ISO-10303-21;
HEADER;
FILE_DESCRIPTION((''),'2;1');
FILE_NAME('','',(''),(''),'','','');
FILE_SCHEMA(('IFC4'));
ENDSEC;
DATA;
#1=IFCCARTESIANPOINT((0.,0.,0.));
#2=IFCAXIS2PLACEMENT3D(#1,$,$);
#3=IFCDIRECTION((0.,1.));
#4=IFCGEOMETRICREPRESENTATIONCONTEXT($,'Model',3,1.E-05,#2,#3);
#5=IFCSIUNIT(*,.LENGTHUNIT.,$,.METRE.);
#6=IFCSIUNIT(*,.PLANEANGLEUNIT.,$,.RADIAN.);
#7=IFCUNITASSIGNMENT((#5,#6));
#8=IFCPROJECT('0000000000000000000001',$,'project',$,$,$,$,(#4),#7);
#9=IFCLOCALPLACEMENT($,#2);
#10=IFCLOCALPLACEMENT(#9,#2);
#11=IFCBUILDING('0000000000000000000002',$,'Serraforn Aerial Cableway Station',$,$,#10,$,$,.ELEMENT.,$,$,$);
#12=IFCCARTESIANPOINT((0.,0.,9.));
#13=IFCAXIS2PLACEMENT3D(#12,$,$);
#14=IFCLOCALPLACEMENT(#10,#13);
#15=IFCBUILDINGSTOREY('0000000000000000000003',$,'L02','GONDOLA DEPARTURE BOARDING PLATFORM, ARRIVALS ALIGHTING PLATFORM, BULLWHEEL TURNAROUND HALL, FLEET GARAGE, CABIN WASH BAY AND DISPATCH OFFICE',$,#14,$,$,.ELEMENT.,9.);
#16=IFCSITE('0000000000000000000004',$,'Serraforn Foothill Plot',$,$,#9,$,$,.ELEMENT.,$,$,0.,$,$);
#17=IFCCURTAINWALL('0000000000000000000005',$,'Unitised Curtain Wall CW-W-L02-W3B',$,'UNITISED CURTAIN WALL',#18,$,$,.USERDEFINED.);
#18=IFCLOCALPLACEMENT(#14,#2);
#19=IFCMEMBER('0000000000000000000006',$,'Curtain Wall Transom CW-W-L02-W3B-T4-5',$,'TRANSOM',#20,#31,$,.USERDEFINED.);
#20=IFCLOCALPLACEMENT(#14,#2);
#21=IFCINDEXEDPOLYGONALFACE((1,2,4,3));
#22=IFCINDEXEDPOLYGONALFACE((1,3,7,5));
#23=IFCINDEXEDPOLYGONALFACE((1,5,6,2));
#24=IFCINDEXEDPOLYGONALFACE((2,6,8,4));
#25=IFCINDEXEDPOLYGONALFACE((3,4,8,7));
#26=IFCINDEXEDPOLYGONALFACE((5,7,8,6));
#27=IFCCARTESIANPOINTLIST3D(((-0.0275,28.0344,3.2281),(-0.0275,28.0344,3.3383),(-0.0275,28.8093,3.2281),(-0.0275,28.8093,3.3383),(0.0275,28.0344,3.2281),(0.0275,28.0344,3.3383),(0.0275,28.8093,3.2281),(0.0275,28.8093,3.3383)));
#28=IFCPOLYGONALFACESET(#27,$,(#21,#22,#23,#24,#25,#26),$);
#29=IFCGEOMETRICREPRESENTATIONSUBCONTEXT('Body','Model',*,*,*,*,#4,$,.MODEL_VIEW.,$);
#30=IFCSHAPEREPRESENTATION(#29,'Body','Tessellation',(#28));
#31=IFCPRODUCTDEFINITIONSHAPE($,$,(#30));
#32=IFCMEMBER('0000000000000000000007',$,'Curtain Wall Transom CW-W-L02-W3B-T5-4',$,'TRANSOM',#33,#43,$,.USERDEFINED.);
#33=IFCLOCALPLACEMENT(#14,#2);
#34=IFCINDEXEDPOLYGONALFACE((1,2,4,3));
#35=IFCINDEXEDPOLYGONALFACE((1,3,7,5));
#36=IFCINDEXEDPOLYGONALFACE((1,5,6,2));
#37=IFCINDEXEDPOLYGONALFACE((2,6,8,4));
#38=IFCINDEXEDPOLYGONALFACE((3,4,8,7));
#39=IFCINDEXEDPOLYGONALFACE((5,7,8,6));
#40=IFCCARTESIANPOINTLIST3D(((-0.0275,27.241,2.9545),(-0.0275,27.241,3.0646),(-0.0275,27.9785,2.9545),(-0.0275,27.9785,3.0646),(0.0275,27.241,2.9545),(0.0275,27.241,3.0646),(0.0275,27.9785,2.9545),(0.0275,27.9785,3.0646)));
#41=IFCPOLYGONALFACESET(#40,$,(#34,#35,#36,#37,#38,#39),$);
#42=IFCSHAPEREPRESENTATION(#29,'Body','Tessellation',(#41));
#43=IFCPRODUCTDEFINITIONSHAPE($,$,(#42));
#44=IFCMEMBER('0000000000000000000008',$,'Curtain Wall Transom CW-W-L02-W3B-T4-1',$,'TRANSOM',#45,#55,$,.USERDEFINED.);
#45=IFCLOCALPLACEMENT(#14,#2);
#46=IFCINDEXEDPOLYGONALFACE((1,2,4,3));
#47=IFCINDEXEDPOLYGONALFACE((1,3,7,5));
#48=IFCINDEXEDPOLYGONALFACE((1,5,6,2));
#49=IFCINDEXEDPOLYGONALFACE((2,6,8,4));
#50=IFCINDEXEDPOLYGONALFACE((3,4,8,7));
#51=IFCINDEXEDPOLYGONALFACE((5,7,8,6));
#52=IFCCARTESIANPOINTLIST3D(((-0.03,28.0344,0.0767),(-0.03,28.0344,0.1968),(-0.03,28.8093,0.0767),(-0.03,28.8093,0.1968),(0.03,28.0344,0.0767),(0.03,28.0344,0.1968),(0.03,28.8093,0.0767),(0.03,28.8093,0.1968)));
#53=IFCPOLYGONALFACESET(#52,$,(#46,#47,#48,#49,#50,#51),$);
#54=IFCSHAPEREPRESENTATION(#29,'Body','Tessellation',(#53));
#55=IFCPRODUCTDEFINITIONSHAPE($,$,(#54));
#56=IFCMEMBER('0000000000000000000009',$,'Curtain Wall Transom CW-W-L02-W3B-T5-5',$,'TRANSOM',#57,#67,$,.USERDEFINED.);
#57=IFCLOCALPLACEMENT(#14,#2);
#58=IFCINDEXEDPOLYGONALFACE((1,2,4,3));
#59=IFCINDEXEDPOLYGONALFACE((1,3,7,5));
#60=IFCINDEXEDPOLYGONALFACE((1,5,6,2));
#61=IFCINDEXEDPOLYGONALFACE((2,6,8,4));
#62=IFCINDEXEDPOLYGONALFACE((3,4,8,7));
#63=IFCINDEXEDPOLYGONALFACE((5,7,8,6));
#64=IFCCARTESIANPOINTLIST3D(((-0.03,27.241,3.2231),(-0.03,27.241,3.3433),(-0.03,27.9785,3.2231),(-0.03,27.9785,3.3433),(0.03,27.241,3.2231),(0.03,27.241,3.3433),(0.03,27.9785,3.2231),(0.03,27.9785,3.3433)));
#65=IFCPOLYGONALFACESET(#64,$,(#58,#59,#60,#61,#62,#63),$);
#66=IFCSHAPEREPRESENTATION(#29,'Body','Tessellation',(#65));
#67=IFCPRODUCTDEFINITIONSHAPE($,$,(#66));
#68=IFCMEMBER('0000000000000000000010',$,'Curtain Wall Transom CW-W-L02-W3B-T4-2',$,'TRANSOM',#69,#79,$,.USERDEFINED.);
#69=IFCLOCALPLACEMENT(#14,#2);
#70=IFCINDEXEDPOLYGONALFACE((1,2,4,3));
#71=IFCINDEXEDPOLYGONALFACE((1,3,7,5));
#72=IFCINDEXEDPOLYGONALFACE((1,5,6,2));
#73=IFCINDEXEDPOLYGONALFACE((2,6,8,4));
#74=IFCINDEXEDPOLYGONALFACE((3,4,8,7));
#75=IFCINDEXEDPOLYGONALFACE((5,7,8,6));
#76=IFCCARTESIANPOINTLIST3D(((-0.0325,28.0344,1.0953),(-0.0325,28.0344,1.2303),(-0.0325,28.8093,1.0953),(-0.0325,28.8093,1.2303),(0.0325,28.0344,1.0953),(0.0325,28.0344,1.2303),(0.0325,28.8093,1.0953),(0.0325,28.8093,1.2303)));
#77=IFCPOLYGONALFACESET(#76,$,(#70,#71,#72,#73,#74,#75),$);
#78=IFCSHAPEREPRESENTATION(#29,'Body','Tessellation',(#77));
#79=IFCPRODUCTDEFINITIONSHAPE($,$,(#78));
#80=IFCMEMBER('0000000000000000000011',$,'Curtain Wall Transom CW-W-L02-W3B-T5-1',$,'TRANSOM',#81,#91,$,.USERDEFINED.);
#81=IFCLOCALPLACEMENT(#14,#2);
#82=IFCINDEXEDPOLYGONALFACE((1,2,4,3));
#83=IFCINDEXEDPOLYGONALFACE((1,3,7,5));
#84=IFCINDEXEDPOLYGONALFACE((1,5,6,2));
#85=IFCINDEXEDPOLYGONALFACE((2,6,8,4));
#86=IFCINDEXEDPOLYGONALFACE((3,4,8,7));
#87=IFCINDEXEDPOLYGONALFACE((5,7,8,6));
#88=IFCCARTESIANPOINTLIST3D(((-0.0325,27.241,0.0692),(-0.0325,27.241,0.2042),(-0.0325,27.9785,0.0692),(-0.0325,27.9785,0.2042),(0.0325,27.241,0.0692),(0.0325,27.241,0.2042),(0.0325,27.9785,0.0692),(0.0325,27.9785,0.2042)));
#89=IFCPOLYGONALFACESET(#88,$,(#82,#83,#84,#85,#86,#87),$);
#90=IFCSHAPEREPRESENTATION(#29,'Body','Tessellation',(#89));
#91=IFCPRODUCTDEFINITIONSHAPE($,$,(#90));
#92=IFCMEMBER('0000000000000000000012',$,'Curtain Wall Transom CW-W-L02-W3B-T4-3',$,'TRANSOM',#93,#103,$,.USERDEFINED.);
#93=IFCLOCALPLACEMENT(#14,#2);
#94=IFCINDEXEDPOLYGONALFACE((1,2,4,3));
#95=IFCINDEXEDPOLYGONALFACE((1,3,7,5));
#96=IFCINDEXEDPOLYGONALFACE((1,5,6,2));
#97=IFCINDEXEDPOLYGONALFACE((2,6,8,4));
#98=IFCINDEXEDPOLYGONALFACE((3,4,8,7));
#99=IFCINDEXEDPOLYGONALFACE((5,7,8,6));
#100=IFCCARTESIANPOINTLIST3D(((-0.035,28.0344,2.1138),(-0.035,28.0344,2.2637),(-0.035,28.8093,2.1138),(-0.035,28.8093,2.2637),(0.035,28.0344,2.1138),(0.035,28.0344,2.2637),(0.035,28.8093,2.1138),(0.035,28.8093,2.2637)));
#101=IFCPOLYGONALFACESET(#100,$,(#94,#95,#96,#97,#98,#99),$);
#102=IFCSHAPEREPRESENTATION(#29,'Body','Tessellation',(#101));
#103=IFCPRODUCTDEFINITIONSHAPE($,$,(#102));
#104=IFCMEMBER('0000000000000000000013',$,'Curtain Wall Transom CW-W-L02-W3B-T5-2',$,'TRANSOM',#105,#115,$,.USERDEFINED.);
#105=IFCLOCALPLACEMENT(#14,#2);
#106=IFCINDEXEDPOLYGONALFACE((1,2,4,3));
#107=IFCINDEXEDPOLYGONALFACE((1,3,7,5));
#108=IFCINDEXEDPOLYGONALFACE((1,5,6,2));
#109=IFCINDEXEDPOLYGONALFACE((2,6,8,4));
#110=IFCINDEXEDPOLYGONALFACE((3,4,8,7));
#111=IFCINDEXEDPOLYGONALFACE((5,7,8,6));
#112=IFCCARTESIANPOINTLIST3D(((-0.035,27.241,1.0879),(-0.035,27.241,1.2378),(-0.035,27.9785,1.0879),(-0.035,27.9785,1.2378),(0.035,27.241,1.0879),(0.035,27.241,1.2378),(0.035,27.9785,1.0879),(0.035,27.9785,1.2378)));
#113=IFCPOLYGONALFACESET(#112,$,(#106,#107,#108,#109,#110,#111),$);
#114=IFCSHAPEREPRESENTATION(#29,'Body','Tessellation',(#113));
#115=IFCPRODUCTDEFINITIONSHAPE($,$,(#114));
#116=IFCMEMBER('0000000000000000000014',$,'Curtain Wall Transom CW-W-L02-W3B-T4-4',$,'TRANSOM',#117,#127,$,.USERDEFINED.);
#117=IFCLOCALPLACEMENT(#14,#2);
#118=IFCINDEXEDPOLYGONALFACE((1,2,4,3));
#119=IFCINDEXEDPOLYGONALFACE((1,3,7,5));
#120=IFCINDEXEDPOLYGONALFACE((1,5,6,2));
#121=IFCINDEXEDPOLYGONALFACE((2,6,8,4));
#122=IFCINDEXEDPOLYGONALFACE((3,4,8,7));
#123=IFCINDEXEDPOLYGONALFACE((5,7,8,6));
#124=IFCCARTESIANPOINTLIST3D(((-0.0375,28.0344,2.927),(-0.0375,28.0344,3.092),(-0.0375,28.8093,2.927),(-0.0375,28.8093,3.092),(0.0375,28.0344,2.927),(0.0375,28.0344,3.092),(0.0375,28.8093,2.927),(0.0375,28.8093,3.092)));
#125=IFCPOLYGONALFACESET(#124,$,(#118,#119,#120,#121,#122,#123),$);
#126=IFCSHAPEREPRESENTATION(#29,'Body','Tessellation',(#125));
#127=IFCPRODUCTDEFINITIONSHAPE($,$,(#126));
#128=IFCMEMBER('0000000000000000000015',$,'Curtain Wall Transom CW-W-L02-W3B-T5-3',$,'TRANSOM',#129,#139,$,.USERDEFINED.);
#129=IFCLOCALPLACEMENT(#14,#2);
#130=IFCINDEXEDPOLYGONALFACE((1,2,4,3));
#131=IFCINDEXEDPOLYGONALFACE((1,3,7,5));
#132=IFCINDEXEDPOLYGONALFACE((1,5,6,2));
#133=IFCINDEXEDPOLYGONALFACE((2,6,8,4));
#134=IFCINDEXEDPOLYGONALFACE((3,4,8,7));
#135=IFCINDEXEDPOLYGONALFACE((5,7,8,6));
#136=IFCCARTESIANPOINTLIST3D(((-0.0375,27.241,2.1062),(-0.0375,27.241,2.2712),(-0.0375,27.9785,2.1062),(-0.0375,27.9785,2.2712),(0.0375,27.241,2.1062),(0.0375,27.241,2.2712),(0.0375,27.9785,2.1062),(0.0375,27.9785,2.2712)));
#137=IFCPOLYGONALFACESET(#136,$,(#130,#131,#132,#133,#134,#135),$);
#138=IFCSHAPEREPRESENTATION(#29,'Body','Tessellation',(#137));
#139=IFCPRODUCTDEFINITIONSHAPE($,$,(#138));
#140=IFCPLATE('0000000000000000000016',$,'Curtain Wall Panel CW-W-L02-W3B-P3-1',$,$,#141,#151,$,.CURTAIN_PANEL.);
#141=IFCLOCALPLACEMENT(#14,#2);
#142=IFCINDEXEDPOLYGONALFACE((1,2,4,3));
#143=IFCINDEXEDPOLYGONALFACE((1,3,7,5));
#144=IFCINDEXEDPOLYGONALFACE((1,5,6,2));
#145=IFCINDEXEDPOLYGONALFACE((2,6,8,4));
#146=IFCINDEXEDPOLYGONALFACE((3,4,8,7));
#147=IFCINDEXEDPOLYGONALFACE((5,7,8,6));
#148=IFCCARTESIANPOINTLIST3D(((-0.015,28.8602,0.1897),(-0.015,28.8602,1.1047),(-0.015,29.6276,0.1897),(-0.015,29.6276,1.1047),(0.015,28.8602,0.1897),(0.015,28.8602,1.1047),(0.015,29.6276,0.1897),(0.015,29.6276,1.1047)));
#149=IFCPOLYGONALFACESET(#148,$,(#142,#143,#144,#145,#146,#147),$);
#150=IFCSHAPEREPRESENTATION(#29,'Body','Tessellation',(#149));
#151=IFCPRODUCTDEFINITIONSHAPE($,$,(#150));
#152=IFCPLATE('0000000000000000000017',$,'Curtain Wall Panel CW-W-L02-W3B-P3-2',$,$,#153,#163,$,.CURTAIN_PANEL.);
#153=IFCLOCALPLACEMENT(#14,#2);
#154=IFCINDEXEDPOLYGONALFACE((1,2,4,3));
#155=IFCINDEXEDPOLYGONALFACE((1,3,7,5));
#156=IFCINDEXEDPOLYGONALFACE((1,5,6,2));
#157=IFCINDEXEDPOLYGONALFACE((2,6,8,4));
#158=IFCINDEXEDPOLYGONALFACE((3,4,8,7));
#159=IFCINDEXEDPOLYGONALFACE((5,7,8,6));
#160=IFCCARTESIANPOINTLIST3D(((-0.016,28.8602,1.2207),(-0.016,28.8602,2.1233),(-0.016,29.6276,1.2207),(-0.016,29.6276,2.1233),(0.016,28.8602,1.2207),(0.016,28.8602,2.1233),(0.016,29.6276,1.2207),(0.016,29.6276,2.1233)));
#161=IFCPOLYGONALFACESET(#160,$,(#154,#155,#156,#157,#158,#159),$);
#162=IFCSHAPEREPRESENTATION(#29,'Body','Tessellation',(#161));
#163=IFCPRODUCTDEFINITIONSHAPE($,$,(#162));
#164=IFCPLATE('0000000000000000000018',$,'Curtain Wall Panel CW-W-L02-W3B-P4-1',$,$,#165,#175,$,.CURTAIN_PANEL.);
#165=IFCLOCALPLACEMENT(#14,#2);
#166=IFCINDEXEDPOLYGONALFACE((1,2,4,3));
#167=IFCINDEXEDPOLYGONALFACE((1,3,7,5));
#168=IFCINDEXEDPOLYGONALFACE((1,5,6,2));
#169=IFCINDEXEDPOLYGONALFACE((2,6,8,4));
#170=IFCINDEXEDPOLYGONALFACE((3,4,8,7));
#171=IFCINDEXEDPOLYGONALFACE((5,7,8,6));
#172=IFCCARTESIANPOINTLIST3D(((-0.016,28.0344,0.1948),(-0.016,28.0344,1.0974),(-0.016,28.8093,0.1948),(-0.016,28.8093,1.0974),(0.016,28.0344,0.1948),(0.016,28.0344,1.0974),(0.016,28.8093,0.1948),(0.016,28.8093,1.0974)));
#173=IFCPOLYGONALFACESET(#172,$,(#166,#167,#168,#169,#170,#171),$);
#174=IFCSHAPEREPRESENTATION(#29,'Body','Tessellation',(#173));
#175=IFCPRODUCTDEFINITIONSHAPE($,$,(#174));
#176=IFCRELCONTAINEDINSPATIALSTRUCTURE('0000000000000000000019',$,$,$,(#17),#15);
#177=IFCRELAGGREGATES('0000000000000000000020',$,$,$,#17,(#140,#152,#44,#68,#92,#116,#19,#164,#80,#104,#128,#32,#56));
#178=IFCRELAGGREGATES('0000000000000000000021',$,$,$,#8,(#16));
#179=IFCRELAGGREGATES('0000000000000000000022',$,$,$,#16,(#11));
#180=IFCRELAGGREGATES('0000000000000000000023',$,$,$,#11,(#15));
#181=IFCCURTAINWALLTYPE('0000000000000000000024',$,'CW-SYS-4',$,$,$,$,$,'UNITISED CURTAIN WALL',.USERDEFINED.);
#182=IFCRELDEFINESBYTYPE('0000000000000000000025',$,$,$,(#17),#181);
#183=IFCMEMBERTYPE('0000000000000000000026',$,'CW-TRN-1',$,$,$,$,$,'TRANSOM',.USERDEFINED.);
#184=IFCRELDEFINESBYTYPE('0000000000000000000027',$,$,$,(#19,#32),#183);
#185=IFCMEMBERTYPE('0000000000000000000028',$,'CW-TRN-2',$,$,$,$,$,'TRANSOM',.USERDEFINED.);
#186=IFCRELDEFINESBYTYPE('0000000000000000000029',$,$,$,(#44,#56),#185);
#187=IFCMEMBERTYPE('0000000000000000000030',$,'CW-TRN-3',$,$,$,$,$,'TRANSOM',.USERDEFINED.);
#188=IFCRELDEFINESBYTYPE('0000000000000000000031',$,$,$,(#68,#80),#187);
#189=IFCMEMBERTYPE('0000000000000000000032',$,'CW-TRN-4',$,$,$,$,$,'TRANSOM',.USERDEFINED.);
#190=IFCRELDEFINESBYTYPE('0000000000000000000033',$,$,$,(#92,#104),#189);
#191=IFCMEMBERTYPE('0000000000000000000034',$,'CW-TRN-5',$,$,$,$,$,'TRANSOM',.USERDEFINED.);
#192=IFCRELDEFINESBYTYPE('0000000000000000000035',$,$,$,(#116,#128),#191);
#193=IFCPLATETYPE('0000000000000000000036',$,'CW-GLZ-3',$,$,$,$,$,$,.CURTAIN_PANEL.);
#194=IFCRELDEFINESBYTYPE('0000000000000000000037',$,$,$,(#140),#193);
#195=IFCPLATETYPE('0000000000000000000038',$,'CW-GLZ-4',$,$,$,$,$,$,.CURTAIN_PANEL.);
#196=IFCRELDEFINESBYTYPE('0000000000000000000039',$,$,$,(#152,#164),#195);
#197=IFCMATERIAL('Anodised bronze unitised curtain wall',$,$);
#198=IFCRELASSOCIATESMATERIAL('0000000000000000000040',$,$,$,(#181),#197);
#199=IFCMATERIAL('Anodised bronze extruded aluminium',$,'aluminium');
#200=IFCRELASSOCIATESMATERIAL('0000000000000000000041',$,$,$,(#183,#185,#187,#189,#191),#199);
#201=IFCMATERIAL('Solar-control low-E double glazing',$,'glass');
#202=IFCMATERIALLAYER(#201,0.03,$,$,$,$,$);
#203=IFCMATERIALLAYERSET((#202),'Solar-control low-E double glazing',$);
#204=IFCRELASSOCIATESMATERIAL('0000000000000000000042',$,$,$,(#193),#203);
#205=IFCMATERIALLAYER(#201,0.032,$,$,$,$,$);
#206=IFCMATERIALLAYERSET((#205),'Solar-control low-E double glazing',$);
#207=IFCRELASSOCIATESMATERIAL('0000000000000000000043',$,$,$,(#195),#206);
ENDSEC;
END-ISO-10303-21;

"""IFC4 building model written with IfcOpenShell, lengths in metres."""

from ifc_helpers import new_model, si_unit, direction, frame, origin, origin_2d, place, context, subcontext, project, spatial, rectangle, extrude, material, layer, layer_set, material_profile, profile_set, type_object, element, aggregate, save


model = new_model("IFC4")

# Units and contexts
model_context = context("Model", 3, precision=1e-05, world=origin(), true_north=direction((0.0, 1.0)))
body_context = subcontext(model_context, "Body", "Model", "MODEL_VIEW")
ifc_project = project(units=[si_unit("LENGTHUNIT", "METRE"), si_unit("PLANEANGLEUNIT", "RADIAN")], contexts=[model_context])

# Site, building, storey
site_placement = place(None, origin())
site = spatial("IfcSite", under=ifc_project, at=site_placement, Name="Serraforn Foothill Plot", CompositionType="ELEMENT", RefElevation=0.0)
building_placement = place(site_placement, origin())
building = spatial("IfcBuilding", under=site, at=building_placement, Name="Serraforn Aerial Cableway Station", CompositionType="ELEMENT")
storey_placement = place(building_placement, frame((0.0, 0.0, 9.0)))
storey = spatial("IfcBuildingStorey", under=building, at=storey_placement, Name="L02", Description="GONDOLA DEPARTURE BOARDING PLATFORM, ARRIVALS ALIGHTING PLATFORM, BULLWHEEL TURNAROUND HALL, FLEET GARAGE, CABIN WASH BAY AND DISPATCH OFFICE", CompositionType="ELEMENT", Elevation=9.0)

# Curtain wall, members, plates
ifc_material_1 = material(Name="Anodised bronze unitised curtain wall")
curtain_wall_type = type_object("IfcCurtainWallType", Name="CW-SYS-4", ElementType="UNITISED CURTAIN WALL", PredefinedType="USERDEFINED", material=ifc_material_1)
curtain_wall_placement = place(storey_placement, origin())
curtain_wall = element("IfcCurtainWall", 1, at=curtain_wall_placement, inside=storey, type_object=curtain_wall_type, Name="Unitised Curtain Wall CW-W-L02-W3B", ObjectType="UNITISED CURTAIN WALL", PredefinedType="USERDEFINED")
ifc_material_2 = material(Name="Anodised bronze extruded aluminium", Category="aluminium")
ifc_material_profile_1 = material_profile(ifc_material_2, rectangle(XDim=0.0549, YDim=0.1101, at=origin_2d()), Name="CW TRANSOM 55x110")
ifc_profile_set_1 = profile_set([ifc_material_profile_1], Name="Anodised bronze extruded aluminium")
member_type_1 = type_object("IfcMemberType", Name="CW-TRN-1", ElementType="TRANSOM", PredefinedType="USERDEFINED", material=ifc_profile_set_1)
member_1_placement = place(storey_placement, frame((0.0, 28.8093, 3.2832), z_axis=(0.0, -1.0, 0.0), x_axis=(1.0, 0.0, 0.0)))
member_1 = element("IfcMember", 2, at=member_1_placement, type_object=member_type_1, Name="Curtain Wall Transom CW-W-L02-W3B-T4-5", ObjectType="TRANSOM", PredefinedType="USERDEFINED", context=body_context, shape_type="SweptSolid", body=[
    extrude(rectangle(XDim=0.0549, YDim=0.1101, at=origin_2d()), origin(), (0.0, 0.0, 1.0), 0.7749),
])
member_2_placement = place(storey_placement, frame((0.0, 27.9785, 3.0095), z_axis=(0.0, -1.0, 0.0), x_axis=(1.0, 0.0, 0.0)))
member_2 = element("IfcMember", 3, at=member_2_placement, type_object=member_type_1, Name="Curtain Wall Transom CW-W-L02-W3B-T5-4", ObjectType="TRANSOM", PredefinedType="USERDEFINED", context=body_context, shape_type="SweptSolid", body=[
    extrude(rectangle(XDim=0.0549, YDim=0.1101, at=origin_2d()), origin(), (0.0, 0.0, 1.0), 0.7375),
])
ifc_material_profile_2 = material_profile(ifc_material_2, rectangle(XDim=0.0601, YDim=0.1201, at=origin_2d()), Name="CW TRANSOM 60x120")
ifc_profile_set_2 = profile_set([ifc_material_profile_2], Name="Anodised bronze extruded aluminium")
member_type_2 = type_object("IfcMemberType", Name="CW-TRN-2", ElementType="TRANSOM", PredefinedType="USERDEFINED", material=ifc_profile_set_2)
member_3_placement = place(storey_placement, frame((0.0, 28.8093, 0.1367), z_axis=(0.0, -1.0, 0.0), x_axis=(1.0, 0.0, 0.0)))
member_3 = element("IfcMember", 4, at=member_3_placement, type_object=member_type_2, Name="Curtain Wall Transom CW-W-L02-W3B-T4-1", ObjectType="TRANSOM", PredefinedType="USERDEFINED", context=body_context, shape_type="SweptSolid", body=[
    extrude(rectangle(XDim=0.0601, YDim=0.1201, at=origin_2d()), origin(), (0.0, 0.0, 1.0), 0.7749),
])
member_4_placement = place(storey_placement, frame((0.0, 27.9785, 3.2832), z_axis=(0.0, -1.0, 0.0), x_axis=(1.0, 0.0, 0.0)))
member_4 = element("IfcMember", 5, at=member_4_placement, type_object=member_type_2, Name="Curtain Wall Transom CW-W-L02-W3B-T5-5", ObjectType="TRANSOM", PredefinedType="USERDEFINED", context=body_context, shape_type="SweptSolid", body=[
    extrude(rectangle(XDim=0.0601, YDim=0.1201, at=origin_2d()), origin(), (0.0, 0.0, 1.0), 0.7375),
])
ifc_material_profile_3 = material_profile(ifc_material_2, rectangle(XDim=0.0649, YDim=0.135, at=origin_2d()), Name="CW TRANSOM 65x135")
ifc_profile_set_3 = profile_set([ifc_material_profile_3], Name="Anodised bronze extruded aluminium")
member_type_3 = type_object("IfcMemberType", Name="CW-TRN-3", ElementType="TRANSOM", PredefinedType="USERDEFINED", material=ifc_profile_set_3)
member_5_placement = place(storey_placement, frame((0.0, 28.8093, 1.1628), z_axis=(0.0, -1.0, 0.0), x_axis=(1.0, 0.0, 0.0)))
member_5 = element("IfcMember", 6, at=member_5_placement, type_object=member_type_3, Name="Curtain Wall Transom CW-W-L02-W3B-T4-2", ObjectType="TRANSOM", PredefinedType="USERDEFINED", context=body_context, shape_type="SweptSolid", body=[
    extrude(rectangle(XDim=0.0649, YDim=0.135, at=origin_2d()), origin(), (0.0, 0.0, 1.0), 0.7749),
])
member_6_placement = place(storey_placement, frame((0.0, 27.9785, 0.1367), z_axis=(0.0, -1.0, 0.0), x_axis=(1.0, 0.0, 0.0)))
member_6 = element("IfcMember", 7, at=member_6_placement, type_object=member_type_3, Name="Curtain Wall Transom CW-W-L02-W3B-T5-1", ObjectType="TRANSOM", PredefinedType="USERDEFINED", context=body_context, shape_type="SweptSolid", body=[
    extrude(rectangle(XDim=0.0649, YDim=0.135, at=origin_2d()), origin(), (0.0, 0.0, 1.0), 0.7375),
])
ifc_material_profile_4 = material_profile(ifc_material_2, rectangle(XDim=0.0701, YDim=0.1499, at=origin_2d()), Name="CW TRANSOM 70x150")
ifc_profile_set_4 = profile_set([ifc_material_profile_4], Name="Anodised bronze extruded aluminium")
member_type_4 = type_object("IfcMemberType", Name="CW-TRN-4", ElementType="TRANSOM", PredefinedType="USERDEFINED", material=ifc_profile_set_4)
member_7_placement = place(storey_placement, frame((0.0, 28.8093, 2.1887), z_axis=(0.0, -1.0, 0.0), x_axis=(1.0, 0.0, 0.0)))
member_7 = element("IfcMember", 8, at=member_7_placement, type_object=member_type_4, Name="Curtain Wall Transom CW-W-L02-W3B-T4-3", ObjectType="TRANSOM", PredefinedType="USERDEFINED", context=body_context, shape_type="SweptSolid", body=[
    extrude(rectangle(XDim=0.0701, YDim=0.1499, at=origin_2d()), origin(), (0.0, 0.0, 1.0), 0.7749),
])
member_8_placement = place(storey_placement, frame((0.0, 27.9785, 1.1628), z_axis=(0.0, -1.0, 0.0), x_axis=(1.0, 0.0, 0.0)))
member_8 = element("IfcMember", 9, at=member_8_placement, type_object=member_type_4, Name="Curtain Wall Transom CW-W-L02-W3B-T5-2", ObjectType="TRANSOM", PredefinedType="USERDEFINED", context=body_context, shape_type="SweptSolid", body=[
    extrude(rectangle(XDim=0.0701, YDim=0.1499, at=origin_2d()), origin(), (0.0, 0.0, 1.0), 0.7375),
])
ifc_material_profile_5 = material_profile(ifc_material_2, rectangle(XDim=0.075, YDim=0.165, at=origin_2d()), Name="CW TRANSOM 75x165")
ifc_profile_set_5 = profile_set([ifc_material_profile_5], Name="Anodised bronze extruded aluminium")
member_type_5 = type_object("IfcMemberType", Name="CW-TRN-5", ElementType="TRANSOM", PredefinedType="USERDEFINED", material=ifc_profile_set_5)
member_9_placement = place(storey_placement, frame((0.0, 28.8093, 3.0095), z_axis=(0.0, -1.0, 0.0), x_axis=(1.0, 0.0, 0.0)))
member_9 = element("IfcMember", 10, at=member_9_placement, type_object=member_type_5, Name="Curtain Wall Transom CW-W-L02-W3B-T4-4", ObjectType="TRANSOM", PredefinedType="USERDEFINED", context=body_context, shape_type="SweptSolid", body=[
    extrude(rectangle(XDim=0.075, YDim=0.165, at=origin_2d()), origin(), (0.0, 0.0, 1.0), 0.7749),
])
member_10_placement = place(storey_placement, frame((0.0, 27.9785, 2.1887), z_axis=(0.0, -1.0, 0.0), x_axis=(1.0, 0.0, 0.0)))
member_10 = element("IfcMember", 11, at=member_10_placement, type_object=member_type_5, Name="Curtain Wall Transom CW-W-L02-W3B-T5-3", ObjectType="TRANSOM", PredefinedType="USERDEFINED", context=body_context, shape_type="SweptSolid", body=[
    extrude(rectangle(XDim=0.075, YDim=0.165, at=origin_2d()), origin(), (0.0, 0.0, 1.0), 0.7375),
])
ifc_material_3 = material(Name="Solar-control low-E double glazing", Category="glass")
ifc_layer_1 = layer(ifc_material_3, 0.03)
ifc_layer_set_1 = layer_set([ifc_layer_1], Name="Solar-control low-E double glazing")
plate_type_1 = type_object("IfcPlateType", Name="CW-GLZ-3", PredefinedType="CURTAIN_PANEL", material=ifc_layer_set_1)
plate_1_placement = place(storey_placement, frame((0.0, 29.2439, 0.1897), z_axis=(0.0, 0.0, 1.0), x_axis=(1.0, 0.0, 0.0)))
plate_1 = element("IfcPlate", 12, at=plate_1_placement, type_object=plate_type_1, Name="Curtain Wall Panel CW-W-L02-W3B-P3-1", PredefinedType="CURTAIN_PANEL", context=body_context, shape_type="SweptSolid", body=[
    extrude(rectangle(XDim=0.03, YDim=0.7673, at=origin_2d()), origin(), (0.0, 0.0, 1.0), 0.915),
])
ifc_layer_2 = layer(ifc_material_3, 0.032)
ifc_layer_set_2 = layer_set([ifc_layer_2], Name="Solar-control low-E double glazing")
plate_type_2 = type_object("IfcPlateType", Name="CW-GLZ-4", PredefinedType="CURTAIN_PANEL", material=ifc_layer_set_2)
plate_2_placement = place(storey_placement, frame((0.0, 29.2439, 1.2207), z_axis=(0.0, 0.0, 1.0), x_axis=(1.0, 0.0, 0.0)))
plate_2 = element("IfcPlate", 13, at=plate_2_placement, type_object=plate_type_2, Name="Curtain Wall Panel CW-W-L02-W3B-P3-2", PredefinedType="CURTAIN_PANEL", context=body_context, shape_type="SweptSolid", body=[
    extrude(rectangle(XDim=0.032, YDim=0.7673, at=origin_2d()), origin(), (0.0, 0.0, 1.0), 0.9026),
])
plate_3_placement = place(storey_placement, frame((0.0, 28.4219, 0.1948), z_axis=(0.0, 0.0, 1.0), x_axis=(1.0, 0.0, 0.0)))
plate_3 = element("IfcPlate", 14, at=plate_3_placement, type_object=plate_type_2, Name="Curtain Wall Panel CW-W-L02-W3B-P4-1", PredefinedType="CURTAIN_PANEL", context=body_context, shape_type="SweptSolid", body=[
    extrude(rectangle(XDim=0.032, YDim=0.7749, at=origin_2d()), origin(), (0.0, 0.0, 1.0), 0.9026),
])
aggregate(curtain_wall, [plate_1, plate_2, member_3, member_5, member_7, member_9, member_1, plate_3, member_6, member_8, member_10, member_2, member_4])

save(model, "model.ifc")
